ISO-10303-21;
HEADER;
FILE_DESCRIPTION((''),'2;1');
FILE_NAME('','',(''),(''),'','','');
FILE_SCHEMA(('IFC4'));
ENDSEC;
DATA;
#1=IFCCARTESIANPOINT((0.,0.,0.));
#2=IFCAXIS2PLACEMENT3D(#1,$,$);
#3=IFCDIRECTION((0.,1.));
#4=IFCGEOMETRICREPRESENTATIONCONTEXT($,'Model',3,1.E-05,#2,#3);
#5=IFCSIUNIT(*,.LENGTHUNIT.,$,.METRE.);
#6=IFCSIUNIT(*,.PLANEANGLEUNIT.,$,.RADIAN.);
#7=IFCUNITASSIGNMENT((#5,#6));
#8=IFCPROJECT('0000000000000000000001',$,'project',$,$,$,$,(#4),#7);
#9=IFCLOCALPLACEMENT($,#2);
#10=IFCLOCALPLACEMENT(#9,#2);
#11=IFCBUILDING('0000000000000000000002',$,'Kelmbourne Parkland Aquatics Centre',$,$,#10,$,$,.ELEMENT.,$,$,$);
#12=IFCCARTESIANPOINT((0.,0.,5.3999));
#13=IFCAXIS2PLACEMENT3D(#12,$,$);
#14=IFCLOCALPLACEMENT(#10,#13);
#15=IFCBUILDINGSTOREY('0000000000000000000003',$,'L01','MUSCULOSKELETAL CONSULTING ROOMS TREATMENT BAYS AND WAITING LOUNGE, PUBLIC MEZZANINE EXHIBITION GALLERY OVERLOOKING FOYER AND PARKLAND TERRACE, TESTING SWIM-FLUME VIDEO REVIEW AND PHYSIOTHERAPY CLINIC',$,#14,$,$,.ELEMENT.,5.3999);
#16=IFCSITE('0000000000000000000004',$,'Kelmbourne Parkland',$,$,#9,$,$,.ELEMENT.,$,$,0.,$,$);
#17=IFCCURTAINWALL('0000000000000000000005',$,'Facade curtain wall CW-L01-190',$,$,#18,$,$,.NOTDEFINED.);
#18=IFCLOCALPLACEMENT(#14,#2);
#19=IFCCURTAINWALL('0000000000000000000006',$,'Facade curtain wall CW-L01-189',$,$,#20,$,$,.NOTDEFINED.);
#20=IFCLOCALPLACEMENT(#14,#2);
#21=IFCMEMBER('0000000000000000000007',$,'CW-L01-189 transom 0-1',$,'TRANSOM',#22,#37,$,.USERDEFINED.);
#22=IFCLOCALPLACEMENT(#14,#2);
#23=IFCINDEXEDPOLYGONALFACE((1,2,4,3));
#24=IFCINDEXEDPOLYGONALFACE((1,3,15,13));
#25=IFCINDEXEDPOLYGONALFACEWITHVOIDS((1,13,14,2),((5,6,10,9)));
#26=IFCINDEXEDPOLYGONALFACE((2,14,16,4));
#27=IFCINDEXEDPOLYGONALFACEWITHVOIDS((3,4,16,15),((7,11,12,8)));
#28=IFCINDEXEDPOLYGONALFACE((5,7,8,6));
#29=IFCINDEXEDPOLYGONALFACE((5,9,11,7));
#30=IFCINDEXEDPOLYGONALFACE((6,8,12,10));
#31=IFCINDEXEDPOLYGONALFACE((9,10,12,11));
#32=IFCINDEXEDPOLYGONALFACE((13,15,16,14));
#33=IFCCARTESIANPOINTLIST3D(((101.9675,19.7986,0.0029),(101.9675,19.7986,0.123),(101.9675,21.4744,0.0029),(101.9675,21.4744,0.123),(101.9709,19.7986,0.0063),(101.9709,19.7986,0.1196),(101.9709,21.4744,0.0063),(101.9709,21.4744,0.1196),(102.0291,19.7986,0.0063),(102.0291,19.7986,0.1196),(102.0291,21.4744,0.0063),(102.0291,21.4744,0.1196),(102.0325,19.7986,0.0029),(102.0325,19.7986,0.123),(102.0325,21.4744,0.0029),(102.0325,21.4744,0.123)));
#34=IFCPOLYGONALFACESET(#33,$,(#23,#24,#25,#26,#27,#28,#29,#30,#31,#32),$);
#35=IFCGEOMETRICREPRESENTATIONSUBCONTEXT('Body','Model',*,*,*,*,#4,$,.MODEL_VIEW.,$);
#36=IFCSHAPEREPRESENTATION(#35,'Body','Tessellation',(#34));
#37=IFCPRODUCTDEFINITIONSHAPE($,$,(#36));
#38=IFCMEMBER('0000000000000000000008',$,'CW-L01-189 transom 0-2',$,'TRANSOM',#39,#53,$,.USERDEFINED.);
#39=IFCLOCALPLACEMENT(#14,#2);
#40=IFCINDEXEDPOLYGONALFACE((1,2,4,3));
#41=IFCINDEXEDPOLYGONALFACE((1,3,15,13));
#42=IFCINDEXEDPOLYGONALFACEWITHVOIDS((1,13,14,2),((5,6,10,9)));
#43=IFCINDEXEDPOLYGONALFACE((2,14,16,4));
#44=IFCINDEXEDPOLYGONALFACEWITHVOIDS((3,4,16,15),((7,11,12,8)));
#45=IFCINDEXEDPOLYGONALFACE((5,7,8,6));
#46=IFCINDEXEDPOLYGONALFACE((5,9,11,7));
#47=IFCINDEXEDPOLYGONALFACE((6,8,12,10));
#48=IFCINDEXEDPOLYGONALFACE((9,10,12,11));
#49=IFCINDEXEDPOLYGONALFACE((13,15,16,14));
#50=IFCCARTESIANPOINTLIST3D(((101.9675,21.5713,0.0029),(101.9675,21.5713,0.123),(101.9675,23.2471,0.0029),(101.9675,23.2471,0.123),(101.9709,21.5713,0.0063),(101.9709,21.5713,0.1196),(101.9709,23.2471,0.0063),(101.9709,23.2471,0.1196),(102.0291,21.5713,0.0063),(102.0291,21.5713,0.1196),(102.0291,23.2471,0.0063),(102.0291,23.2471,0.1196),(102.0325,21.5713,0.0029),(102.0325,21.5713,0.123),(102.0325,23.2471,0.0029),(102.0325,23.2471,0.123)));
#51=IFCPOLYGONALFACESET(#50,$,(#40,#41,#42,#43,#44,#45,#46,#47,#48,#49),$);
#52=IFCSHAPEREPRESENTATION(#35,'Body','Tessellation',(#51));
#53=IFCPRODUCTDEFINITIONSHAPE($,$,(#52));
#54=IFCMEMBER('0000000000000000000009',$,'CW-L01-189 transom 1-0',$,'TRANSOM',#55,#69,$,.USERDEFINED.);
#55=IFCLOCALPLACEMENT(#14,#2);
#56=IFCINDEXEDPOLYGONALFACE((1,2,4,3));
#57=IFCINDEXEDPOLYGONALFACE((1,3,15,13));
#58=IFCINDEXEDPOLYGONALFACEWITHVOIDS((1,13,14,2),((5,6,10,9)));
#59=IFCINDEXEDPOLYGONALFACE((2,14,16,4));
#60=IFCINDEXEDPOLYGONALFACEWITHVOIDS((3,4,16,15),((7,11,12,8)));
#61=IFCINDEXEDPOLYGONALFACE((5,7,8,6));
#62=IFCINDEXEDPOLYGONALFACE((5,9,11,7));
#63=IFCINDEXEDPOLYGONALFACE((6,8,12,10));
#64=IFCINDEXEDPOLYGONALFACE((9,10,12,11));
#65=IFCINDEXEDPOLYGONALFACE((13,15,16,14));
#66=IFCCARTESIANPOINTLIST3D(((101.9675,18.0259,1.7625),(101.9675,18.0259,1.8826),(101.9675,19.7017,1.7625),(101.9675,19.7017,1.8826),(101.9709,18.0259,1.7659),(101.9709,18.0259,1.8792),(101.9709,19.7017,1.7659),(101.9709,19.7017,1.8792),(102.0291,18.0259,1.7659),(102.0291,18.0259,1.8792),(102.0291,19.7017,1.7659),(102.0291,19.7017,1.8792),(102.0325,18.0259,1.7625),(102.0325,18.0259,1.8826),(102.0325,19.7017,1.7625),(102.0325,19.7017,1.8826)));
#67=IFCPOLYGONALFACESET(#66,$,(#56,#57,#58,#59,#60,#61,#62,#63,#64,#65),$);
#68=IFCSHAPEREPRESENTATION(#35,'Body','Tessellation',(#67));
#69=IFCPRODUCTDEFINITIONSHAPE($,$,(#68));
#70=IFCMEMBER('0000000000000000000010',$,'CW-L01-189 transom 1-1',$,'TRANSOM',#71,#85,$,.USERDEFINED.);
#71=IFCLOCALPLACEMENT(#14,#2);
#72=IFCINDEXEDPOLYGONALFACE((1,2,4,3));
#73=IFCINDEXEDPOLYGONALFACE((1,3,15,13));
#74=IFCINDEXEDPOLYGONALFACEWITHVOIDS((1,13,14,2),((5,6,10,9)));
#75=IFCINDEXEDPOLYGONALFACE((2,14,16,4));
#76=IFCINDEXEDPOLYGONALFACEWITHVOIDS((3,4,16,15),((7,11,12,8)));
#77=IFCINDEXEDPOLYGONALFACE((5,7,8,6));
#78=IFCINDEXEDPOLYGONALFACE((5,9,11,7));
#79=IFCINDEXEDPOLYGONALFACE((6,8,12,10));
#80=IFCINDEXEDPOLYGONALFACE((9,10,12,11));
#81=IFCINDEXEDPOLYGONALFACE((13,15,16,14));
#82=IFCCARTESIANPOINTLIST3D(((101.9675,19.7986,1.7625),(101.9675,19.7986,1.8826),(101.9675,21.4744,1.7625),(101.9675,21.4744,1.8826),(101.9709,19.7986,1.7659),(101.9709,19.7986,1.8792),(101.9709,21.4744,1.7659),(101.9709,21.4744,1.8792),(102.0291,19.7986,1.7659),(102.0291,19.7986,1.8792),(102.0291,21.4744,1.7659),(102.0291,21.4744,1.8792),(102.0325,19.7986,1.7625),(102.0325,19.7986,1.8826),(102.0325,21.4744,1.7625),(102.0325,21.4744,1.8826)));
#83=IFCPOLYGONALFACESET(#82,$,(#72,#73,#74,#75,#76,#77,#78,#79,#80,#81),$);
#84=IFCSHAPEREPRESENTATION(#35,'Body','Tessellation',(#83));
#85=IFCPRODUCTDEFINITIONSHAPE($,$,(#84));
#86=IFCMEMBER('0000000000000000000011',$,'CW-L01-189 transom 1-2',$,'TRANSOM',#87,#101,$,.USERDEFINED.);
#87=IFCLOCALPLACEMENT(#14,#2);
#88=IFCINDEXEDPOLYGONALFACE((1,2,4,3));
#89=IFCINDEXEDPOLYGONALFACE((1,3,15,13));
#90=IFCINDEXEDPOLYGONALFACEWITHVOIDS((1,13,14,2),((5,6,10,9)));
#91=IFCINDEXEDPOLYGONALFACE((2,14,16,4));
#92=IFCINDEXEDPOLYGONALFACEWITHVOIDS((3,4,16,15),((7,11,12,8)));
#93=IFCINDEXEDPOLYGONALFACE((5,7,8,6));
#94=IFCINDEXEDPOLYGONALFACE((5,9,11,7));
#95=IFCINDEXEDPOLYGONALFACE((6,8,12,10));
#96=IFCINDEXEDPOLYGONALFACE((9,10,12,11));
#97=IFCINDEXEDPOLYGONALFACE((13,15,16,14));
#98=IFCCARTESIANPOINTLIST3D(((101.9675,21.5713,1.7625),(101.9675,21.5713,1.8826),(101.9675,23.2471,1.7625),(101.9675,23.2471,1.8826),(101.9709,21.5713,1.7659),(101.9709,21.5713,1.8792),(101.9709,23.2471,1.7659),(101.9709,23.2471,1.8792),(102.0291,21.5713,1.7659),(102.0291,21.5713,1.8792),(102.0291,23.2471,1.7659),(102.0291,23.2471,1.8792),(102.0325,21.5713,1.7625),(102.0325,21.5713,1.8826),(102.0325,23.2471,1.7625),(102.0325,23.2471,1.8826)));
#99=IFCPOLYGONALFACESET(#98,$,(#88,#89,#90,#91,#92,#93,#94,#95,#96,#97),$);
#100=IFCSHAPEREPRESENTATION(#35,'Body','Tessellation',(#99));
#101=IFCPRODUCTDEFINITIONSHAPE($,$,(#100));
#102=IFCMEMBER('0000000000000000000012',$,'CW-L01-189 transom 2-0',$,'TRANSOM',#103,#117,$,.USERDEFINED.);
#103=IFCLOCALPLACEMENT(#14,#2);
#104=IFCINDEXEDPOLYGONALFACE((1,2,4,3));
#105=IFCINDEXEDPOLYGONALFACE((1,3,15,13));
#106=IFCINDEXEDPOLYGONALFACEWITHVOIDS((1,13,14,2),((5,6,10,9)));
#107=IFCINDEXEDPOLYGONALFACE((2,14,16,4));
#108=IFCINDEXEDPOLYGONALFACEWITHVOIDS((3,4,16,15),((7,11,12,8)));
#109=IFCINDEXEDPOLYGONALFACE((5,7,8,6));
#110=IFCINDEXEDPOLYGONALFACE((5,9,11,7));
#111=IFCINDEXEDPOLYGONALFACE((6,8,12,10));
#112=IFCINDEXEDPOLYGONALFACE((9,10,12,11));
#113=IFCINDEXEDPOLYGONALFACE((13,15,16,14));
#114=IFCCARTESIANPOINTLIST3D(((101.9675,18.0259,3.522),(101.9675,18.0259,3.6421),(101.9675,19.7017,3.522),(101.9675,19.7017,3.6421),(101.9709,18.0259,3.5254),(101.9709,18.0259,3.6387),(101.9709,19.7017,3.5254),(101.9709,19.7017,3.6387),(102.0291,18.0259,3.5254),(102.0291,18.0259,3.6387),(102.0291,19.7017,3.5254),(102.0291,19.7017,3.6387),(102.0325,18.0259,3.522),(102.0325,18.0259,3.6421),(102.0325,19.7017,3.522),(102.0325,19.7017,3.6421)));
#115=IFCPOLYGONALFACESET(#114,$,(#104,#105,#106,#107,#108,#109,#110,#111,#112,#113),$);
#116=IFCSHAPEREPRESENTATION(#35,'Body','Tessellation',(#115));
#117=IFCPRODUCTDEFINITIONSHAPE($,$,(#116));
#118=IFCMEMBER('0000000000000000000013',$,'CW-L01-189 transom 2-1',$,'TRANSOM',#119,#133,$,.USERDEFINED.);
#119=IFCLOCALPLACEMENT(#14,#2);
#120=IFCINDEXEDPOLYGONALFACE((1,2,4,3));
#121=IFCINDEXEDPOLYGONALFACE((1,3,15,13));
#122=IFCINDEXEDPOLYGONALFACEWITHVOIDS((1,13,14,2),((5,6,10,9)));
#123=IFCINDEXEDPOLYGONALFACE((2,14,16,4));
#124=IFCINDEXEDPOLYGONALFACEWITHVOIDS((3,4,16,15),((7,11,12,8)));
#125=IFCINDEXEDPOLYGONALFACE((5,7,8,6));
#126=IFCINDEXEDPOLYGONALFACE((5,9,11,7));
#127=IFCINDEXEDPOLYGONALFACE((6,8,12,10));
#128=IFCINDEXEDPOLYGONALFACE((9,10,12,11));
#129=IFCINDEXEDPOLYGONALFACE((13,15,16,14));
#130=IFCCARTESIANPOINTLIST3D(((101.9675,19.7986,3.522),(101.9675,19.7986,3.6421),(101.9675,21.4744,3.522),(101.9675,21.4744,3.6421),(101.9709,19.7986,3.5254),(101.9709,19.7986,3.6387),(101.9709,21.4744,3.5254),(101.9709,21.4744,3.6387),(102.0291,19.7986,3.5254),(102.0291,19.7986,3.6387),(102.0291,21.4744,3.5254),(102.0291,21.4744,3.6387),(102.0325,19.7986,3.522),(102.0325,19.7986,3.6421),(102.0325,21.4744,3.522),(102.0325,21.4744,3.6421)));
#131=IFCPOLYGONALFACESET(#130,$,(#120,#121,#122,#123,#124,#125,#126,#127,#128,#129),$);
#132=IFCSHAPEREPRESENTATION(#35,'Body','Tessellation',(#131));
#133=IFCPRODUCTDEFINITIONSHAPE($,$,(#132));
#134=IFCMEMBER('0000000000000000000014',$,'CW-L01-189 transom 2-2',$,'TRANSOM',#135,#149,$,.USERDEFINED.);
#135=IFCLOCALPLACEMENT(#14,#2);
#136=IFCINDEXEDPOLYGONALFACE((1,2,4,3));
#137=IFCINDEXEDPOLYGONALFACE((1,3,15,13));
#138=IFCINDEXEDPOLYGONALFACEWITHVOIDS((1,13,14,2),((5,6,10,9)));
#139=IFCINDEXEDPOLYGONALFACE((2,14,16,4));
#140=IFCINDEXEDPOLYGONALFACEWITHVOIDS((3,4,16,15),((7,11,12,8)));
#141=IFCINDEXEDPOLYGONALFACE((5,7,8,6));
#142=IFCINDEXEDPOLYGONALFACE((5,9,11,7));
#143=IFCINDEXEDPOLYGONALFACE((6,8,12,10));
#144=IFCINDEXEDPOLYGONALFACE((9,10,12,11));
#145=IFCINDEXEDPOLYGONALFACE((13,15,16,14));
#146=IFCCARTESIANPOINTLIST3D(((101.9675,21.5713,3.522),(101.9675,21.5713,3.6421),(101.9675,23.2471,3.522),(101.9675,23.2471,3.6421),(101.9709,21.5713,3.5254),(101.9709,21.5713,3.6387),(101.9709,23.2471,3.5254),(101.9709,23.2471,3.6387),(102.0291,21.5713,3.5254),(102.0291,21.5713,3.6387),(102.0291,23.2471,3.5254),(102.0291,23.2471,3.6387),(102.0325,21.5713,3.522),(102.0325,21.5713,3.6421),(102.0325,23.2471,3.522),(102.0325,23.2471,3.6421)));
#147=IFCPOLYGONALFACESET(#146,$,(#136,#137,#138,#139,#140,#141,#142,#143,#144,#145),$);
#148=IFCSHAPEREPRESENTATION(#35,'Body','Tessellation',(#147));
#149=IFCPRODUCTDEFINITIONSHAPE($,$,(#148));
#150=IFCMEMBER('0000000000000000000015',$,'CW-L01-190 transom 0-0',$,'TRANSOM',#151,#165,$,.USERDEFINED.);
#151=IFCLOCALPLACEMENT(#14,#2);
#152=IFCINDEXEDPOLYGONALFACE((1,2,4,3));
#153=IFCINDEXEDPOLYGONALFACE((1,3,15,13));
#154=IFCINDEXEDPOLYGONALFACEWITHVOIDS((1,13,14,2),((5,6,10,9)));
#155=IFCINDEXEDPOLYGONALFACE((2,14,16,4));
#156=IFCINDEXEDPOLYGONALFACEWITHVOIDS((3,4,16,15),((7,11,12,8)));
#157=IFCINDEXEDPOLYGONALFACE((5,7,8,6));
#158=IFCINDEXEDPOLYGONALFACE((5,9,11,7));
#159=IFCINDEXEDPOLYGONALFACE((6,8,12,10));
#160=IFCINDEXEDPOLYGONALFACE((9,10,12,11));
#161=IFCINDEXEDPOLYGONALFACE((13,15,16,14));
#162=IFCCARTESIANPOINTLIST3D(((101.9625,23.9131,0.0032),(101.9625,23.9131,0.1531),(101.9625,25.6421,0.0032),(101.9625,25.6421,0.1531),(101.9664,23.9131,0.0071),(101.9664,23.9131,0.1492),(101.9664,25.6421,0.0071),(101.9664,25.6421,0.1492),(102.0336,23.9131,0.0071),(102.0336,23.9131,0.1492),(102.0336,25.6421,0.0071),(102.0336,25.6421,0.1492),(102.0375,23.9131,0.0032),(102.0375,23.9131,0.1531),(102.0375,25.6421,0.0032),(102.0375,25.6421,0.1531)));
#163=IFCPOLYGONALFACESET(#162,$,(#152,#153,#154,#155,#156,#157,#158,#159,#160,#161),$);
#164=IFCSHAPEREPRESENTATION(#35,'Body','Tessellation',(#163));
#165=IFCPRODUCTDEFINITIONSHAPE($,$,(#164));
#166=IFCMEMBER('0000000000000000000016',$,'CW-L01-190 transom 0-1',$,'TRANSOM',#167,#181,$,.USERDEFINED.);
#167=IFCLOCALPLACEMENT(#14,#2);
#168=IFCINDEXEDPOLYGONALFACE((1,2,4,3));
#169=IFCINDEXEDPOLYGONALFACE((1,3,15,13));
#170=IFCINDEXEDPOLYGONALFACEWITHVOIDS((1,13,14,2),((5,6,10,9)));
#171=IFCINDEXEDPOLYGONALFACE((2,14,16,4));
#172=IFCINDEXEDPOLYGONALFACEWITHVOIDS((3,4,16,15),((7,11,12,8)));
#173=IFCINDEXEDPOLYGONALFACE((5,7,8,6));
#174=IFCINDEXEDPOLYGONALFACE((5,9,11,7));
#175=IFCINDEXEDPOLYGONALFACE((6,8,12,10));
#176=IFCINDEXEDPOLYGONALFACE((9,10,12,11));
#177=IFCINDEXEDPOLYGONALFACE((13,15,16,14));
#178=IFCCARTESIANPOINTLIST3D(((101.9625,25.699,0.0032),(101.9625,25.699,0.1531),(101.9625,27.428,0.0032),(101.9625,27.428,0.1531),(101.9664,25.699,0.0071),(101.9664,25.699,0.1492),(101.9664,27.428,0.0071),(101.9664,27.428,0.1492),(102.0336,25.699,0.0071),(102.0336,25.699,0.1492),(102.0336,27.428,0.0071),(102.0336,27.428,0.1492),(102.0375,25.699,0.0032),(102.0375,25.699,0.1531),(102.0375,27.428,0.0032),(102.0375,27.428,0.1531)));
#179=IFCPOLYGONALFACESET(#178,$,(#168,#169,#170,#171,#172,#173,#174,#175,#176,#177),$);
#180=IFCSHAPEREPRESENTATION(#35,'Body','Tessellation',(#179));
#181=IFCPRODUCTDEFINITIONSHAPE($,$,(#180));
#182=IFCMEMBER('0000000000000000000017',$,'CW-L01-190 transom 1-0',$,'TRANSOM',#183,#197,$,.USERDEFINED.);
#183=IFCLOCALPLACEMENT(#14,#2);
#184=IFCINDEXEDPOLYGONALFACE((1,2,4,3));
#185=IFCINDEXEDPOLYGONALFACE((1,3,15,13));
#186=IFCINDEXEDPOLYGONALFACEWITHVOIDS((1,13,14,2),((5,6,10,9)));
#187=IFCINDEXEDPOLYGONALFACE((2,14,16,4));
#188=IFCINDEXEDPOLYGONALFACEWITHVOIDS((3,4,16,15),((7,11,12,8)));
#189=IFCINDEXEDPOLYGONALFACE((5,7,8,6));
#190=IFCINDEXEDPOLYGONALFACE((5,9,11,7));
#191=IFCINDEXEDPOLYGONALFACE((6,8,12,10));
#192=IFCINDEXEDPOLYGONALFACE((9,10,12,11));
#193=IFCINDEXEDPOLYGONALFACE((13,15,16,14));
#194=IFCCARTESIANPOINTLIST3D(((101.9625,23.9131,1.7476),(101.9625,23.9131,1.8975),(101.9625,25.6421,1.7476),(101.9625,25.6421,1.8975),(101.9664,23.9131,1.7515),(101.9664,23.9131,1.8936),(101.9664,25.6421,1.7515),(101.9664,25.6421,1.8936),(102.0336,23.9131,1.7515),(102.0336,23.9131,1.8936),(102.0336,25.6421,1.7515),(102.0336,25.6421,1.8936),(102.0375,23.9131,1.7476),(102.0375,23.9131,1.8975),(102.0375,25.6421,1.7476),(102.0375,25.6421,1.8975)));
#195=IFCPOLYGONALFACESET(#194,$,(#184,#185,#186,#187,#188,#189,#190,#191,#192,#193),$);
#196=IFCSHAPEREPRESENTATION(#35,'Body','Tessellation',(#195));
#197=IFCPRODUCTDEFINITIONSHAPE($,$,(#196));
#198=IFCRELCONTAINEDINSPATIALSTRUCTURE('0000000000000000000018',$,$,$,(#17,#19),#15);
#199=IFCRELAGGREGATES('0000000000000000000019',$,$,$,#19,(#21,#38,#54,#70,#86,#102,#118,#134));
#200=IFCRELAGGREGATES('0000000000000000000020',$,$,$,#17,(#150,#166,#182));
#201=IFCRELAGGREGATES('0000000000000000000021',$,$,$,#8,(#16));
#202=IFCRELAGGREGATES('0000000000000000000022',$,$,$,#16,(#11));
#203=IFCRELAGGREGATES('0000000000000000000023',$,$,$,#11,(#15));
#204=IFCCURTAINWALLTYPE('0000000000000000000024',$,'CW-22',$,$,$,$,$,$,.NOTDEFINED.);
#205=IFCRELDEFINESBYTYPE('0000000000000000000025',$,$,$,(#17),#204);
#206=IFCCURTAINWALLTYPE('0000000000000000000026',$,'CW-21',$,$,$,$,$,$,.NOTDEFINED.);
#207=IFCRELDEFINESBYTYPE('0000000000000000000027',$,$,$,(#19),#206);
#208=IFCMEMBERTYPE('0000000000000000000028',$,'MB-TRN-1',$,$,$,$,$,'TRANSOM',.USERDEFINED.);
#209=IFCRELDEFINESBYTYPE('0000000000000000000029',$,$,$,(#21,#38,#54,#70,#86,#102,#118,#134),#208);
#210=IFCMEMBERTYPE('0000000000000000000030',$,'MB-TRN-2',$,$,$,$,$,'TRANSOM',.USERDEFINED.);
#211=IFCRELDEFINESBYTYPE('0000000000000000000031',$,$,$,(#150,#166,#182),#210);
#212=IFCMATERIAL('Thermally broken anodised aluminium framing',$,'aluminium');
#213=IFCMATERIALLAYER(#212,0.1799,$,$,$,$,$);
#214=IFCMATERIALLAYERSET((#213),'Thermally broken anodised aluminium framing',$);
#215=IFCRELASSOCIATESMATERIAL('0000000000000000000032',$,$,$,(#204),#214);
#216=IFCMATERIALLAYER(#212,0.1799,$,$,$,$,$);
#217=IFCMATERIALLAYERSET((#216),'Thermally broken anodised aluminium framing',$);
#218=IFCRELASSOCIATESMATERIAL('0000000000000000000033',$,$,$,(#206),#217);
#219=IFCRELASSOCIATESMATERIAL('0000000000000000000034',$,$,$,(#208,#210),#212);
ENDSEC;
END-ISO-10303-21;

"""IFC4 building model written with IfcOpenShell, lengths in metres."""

from ifc_helpers import new_model, si_unit, direction, frame, origin, origin_2d, place, context, subcontext, project, spatial, hollow_rectangle, extrude, material, layer, layer_set, material_profile, profile_set, type_object, element, aggregate, save


model = new_model("IFC4")

# Units and contexts
model_context = context("Model", 3, precision=1e-05, world=origin(), true_north=direction((0.0, 1.0)))
body_context = subcontext(model_context, "Body", "Model", "MODEL_VIEW")
ifc_project = project(units=[si_unit("LENGTHUNIT", "METRE"), si_unit("PLANEANGLEUNIT", "RADIAN")], contexts=[model_context])

# Site, building, storey
site_placement = place(None, origin())
site = spatial("IfcSite", under=ifc_project, at=site_placement, Name="Kelmbourne Parkland", CompositionType="ELEMENT", RefElevation=0.0)
building_placement = place(site_placement, origin())
building = spatial("IfcBuilding", under=site, at=building_placement, Name="Kelmbourne Parkland Aquatics Centre", CompositionType="ELEMENT")
storey_placement = place(building_placement, frame((0.0, 0.0, 5.3999)))
storey = spatial("IfcBuildingStorey", under=building, at=storey_placement, Name="L01", Description="MUSCULOSKELETAL CONSULTING ROOMS TREATMENT BAYS AND WAITING LOUNGE, PUBLIC MEZZANINE EXHIBITION GALLERY OVERLOOKING FOYER AND PARKLAND TERRACE, TESTING SWIM-FLUME VIDEO REVIEW AND PHYSIOTHERAPY CLINIC", CompositionType="ELEMENT", Elevation=5.3999)

# Curtain wall
ifc_material_1 = material(Name="Thermally broken anodised aluminium framing", Category="aluminium")
ifc_layer_1 = layer(ifc_material_1, 0.1799)
ifc_layer_set_1 = layer_set([ifc_layer_1], Name="Thermally broken anodised aluminium framing")
curtain_wall_type_1 = type_object("IfcCurtainWallType", Name="CW-22", PredefinedType="NOTDEFINED", material=ifc_layer_set_1)
curtain_wall_1_placement = place(storey_placement, origin())
curtain_wall_1 = element("IfcCurtainWall", 1, at=curtain_wall_1_placement, inside=storey, type_object=curtain_wall_type_1, Name="Facade curtain wall CW-L01-190", PredefinedType="NOTDEFINED")

# Curtain wall, members
ifc_layer_2 = layer(ifc_material_1, 0.1799)
ifc_layer_set_2 = layer_set([ifc_layer_2], Name="Thermally broken anodised aluminium framing")
curtain_wall_type_2 = type_object("IfcCurtainWallType", Name="CW-21", PredefinedType="NOTDEFINED", material=ifc_layer_set_2)
curtain_wall_2_placement = place(storey_placement, origin())
curtain_wall_2 = element("IfcCurtainWall", 2, at=curtain_wall_2_placement, inside=storey, type_object=curtain_wall_type_2, Name="Facade curtain wall CW-L01-189", PredefinedType="NOTDEFINED")
ifc_material_profile_1 = material_profile(ifc_material_1, hollow_rectangle(XDim=0.0649, YDim=0.1201, WallThickness=0.0034, at=origin_2d()), Name="CW-T 65x120")
ifc_profile_set_1 = profile_set([ifc_material_profile_1], Name="Thermally broken anodised aluminium framing")
member_type_1 = type_object("IfcMemberType", Name="MB-TRN-1", ElementType="TRANSOM", PredefinedType="USERDEFINED", material=ifc_profile_set_1)
member_1_placement = place(storey_placement, frame((102.0, 19.7986, 0.063), z_axis=(0.0, 1.0, 0.0), x_axis=(-1.0, 0.0, 0.0)))
member_1 = element("IfcMember", 3, at=member_1_placement, type_object=member_type_1, Name="CW-L01-189 transom 0-1", ObjectType="TRANSOM", PredefinedType="USERDEFINED", context=body_context, shape_type="SweptSolid", body=[
    extrude(hollow_rectangle(XDim=0.0649, YDim=0.1201, WallThickness=0.0034, at=origin_2d()), origin(), (0.0, 0.0, 1.0), 1.6758),
])
member_2_placement = place(storey_placement, frame((102.0, 21.5713, 0.063), z_axis=(0.0, 1.0, 0.0), x_axis=(-1.0, 0.0, 0.0)))
member_2 = element("IfcMember", 4, at=member_2_placement, type_object=member_type_1, Name="CW-L01-189 transom 0-2", ObjectType="TRANSOM", PredefinedType="USERDEFINED", context=body_context, shape_type="SweptSolid", body=[
    extrude(hollow_rectangle(XDim=0.0649, YDim=0.1201, WallThickness=0.0034, at=origin_2d()), origin(), (0.0, 0.0, 1.0), 1.6758),
])
member_3_placement = place(storey_placement, frame((102.0, 18.0259, 1.8225), z_axis=(0.0, 1.0, 0.0), x_axis=(-1.0, 0.0, 0.0)))
member_3 = element("IfcMember", 5, at=member_3_placement, type_object=member_type_1, Name="CW-L01-189 transom 1-0", ObjectType="TRANSOM", PredefinedType="USERDEFINED", context=body_context, shape_type="SweptSolid", body=[
    extrude(hollow_rectangle(XDim=0.0649, YDim=0.1201, WallThickness=0.0034, at=origin_2d()), origin(), (0.0, 0.0, 1.0), 1.6758),
])
member_4_placement = place(storey_placement, frame((102.0, 19.7986, 1.8225), z_axis=(0.0, 1.0, 0.0), x_axis=(-1.0, 0.0, 0.0)))
member_4 = element("IfcMember", 6, at=member_4_placement, type_object=member_type_1, Name="CW-L01-189 transom 1-1", ObjectType="TRANSOM", PredefinedType="USERDEFINED", context=body_context, shape_type="SweptSolid", body=[
    extrude(hollow_rectangle(XDim=0.0649, YDim=0.1201, WallThickness=0.0034, at=origin_2d()), origin(), (0.0, 0.0, 1.0), 1.6758),
])
member_5_placement = place(storey_placement, frame((102.0, 21.5713, 1.8225), z_axis=(0.0, 1.0, 0.0), x_axis=(-1.0, 0.0, 0.0)))
member_5 = element("IfcMember", 7, at=member_5_placement, type_object=member_type_1, Name="CW-L01-189 transom 1-2", ObjectType="TRANSOM", PredefinedType="USERDEFINED", context=body_context, shape_type="SweptSolid", body=[
    extrude(hollow_rectangle(XDim=0.0649, YDim=0.1201, WallThickness=0.0034, at=origin_2d()), origin(), (0.0, 0.0, 1.0), 1.6758),
])
member_6_placement = place(storey_placement, frame((102.0, 18.0259, 3.582), z_axis=(0.0, 1.0, 0.0), x_axis=(-1.0, 0.0, 0.0)))
member_6 = element("IfcMember", 8, at=member_6_placement, type_object=member_type_1, Name="CW-L01-189 transom 2-0", ObjectType="TRANSOM", PredefinedType="USERDEFINED", context=body_context, shape_type="SweptSolid", body=[
    extrude(hollow_rectangle(XDim=0.0649, YDim=0.1201, WallThickness=0.0034, at=origin_2d()), origin(), (0.0, 0.0, 1.0), 1.6758),
])
member_7_placement = place(storey_placement, frame((102.0, 19.7986, 3.582), z_axis=(0.0, 1.0, 0.0), x_axis=(-1.0, 0.0, 0.0)))
member_7 = element("IfcMember", 9, at=member_7_placement, type_object=member_type_1, Name="CW-L01-189 transom 2-1", ObjectType="TRANSOM", PredefinedType="USERDEFINED", context=body_context, shape_type="SweptSolid", body=[
    extrude(hollow_rectangle(XDim=0.0649, YDim=0.1201, WallThickness=0.0034, at=origin_2d()), origin(), (0.0, 0.0, 1.0), 1.6758),
])
member_8_placement = place(storey_placement, frame((102.0, 21.5713, 3.582), z_axis=(0.0, 1.0, 0.0), x_axis=(-1.0, 0.0, 0.0)))
member_8 = element("IfcMember", 10, at=member_8_placement, type_object=member_type_1, Name="CW-L01-189 transom 2-2", ObjectType="TRANSOM", PredefinedType="USERDEFINED", context=body_context, shape_type="SweptSolid", body=[
    extrude(hollow_rectangle(XDim=0.0649, YDim=0.1201, WallThickness=0.0034, at=origin_2d()), origin(), (0.0, 0.0, 1.0), 1.6758),
])

# Members
ifc_material_profile_2 = material_profile(ifc_material_1, hollow_rectangle(XDim=0.075, YDim=0.1499, WallThickness=0.0039, at=origin_2d()), Name="CW-T 75x150")
ifc_profile_set_2 = profile_set([ifc_material_profile_2], Name="Thermally broken anodised aluminium framing")
member_type_2 = type_object("IfcMemberType", Name="MB-TRN-2", ElementType="TRANSOM", PredefinedType="USERDEFINED", material=ifc_profile_set_2)
member_9_placement = place(storey_placement, frame((102.0, 23.9131, 0.0781), z_axis=(0.0, 1.0, 0.0), x_axis=(-1.0, 0.0, 0.0)))
member_9 = element("IfcMember", 11, at=member_9_placement, type_object=member_type_2, Name="CW-L01-190 transom 0-0", ObjectType="TRANSOM", PredefinedType="USERDEFINED", context=body_context, shape_type="SweptSolid", body=[
    extrude(hollow_rectangle(XDim=0.075, YDim=0.1499, WallThickness=0.0039, at=origin_2d()), origin(), (0.0, 0.0, 1.0), 1.729),
])
member_10_placement = place(storey_placement, frame((102.0, 25.699, 0.0781), z_axis=(0.0, 1.0, 0.0), x_axis=(-1.0, 0.0, 0.0)))
member_10 = element("IfcMember", 12, at=member_10_placement, type_object=member_type_2, Name="CW-L01-190 transom 0-1", ObjectType="TRANSOM", PredefinedType="USERDEFINED", context=body_context, shape_type="SweptSolid", body=[
    extrude(hollow_rectangle(XDim=0.075, YDim=0.1499, WallThickness=0.0039, at=origin_2d()), origin(), (0.0, 0.0, 1.0), 1.729),
])
member_11_placement = place(storey_placement, frame((102.0, 23.9131, 1.8225), z_axis=(0.0, 1.0, 0.0), x_axis=(-1.0, 0.0, 0.0)))
member_11 = element("IfcMember", 13, at=member_11_placement, type_object=member_type_2, Name="CW-L01-190 transom 1-0", ObjectType="TRANSOM", PredefinedType="USERDEFINED", context=body_context, shape_type="SweptSolid", body=[
    extrude(hollow_rectangle(XDim=0.075, YDim=0.1499, WallThickness=0.0039, at=origin_2d()), origin(), (0.0, 0.0, 1.0), 1.729),
])

aggregate(curtain_wall_2, [member_1, member_2, member_3, member_4, member_5, member_6, member_7, member_8])
aggregate(curtain_wall_1, [member_9, member_10, member_11])

save(model, "model.ifc")
